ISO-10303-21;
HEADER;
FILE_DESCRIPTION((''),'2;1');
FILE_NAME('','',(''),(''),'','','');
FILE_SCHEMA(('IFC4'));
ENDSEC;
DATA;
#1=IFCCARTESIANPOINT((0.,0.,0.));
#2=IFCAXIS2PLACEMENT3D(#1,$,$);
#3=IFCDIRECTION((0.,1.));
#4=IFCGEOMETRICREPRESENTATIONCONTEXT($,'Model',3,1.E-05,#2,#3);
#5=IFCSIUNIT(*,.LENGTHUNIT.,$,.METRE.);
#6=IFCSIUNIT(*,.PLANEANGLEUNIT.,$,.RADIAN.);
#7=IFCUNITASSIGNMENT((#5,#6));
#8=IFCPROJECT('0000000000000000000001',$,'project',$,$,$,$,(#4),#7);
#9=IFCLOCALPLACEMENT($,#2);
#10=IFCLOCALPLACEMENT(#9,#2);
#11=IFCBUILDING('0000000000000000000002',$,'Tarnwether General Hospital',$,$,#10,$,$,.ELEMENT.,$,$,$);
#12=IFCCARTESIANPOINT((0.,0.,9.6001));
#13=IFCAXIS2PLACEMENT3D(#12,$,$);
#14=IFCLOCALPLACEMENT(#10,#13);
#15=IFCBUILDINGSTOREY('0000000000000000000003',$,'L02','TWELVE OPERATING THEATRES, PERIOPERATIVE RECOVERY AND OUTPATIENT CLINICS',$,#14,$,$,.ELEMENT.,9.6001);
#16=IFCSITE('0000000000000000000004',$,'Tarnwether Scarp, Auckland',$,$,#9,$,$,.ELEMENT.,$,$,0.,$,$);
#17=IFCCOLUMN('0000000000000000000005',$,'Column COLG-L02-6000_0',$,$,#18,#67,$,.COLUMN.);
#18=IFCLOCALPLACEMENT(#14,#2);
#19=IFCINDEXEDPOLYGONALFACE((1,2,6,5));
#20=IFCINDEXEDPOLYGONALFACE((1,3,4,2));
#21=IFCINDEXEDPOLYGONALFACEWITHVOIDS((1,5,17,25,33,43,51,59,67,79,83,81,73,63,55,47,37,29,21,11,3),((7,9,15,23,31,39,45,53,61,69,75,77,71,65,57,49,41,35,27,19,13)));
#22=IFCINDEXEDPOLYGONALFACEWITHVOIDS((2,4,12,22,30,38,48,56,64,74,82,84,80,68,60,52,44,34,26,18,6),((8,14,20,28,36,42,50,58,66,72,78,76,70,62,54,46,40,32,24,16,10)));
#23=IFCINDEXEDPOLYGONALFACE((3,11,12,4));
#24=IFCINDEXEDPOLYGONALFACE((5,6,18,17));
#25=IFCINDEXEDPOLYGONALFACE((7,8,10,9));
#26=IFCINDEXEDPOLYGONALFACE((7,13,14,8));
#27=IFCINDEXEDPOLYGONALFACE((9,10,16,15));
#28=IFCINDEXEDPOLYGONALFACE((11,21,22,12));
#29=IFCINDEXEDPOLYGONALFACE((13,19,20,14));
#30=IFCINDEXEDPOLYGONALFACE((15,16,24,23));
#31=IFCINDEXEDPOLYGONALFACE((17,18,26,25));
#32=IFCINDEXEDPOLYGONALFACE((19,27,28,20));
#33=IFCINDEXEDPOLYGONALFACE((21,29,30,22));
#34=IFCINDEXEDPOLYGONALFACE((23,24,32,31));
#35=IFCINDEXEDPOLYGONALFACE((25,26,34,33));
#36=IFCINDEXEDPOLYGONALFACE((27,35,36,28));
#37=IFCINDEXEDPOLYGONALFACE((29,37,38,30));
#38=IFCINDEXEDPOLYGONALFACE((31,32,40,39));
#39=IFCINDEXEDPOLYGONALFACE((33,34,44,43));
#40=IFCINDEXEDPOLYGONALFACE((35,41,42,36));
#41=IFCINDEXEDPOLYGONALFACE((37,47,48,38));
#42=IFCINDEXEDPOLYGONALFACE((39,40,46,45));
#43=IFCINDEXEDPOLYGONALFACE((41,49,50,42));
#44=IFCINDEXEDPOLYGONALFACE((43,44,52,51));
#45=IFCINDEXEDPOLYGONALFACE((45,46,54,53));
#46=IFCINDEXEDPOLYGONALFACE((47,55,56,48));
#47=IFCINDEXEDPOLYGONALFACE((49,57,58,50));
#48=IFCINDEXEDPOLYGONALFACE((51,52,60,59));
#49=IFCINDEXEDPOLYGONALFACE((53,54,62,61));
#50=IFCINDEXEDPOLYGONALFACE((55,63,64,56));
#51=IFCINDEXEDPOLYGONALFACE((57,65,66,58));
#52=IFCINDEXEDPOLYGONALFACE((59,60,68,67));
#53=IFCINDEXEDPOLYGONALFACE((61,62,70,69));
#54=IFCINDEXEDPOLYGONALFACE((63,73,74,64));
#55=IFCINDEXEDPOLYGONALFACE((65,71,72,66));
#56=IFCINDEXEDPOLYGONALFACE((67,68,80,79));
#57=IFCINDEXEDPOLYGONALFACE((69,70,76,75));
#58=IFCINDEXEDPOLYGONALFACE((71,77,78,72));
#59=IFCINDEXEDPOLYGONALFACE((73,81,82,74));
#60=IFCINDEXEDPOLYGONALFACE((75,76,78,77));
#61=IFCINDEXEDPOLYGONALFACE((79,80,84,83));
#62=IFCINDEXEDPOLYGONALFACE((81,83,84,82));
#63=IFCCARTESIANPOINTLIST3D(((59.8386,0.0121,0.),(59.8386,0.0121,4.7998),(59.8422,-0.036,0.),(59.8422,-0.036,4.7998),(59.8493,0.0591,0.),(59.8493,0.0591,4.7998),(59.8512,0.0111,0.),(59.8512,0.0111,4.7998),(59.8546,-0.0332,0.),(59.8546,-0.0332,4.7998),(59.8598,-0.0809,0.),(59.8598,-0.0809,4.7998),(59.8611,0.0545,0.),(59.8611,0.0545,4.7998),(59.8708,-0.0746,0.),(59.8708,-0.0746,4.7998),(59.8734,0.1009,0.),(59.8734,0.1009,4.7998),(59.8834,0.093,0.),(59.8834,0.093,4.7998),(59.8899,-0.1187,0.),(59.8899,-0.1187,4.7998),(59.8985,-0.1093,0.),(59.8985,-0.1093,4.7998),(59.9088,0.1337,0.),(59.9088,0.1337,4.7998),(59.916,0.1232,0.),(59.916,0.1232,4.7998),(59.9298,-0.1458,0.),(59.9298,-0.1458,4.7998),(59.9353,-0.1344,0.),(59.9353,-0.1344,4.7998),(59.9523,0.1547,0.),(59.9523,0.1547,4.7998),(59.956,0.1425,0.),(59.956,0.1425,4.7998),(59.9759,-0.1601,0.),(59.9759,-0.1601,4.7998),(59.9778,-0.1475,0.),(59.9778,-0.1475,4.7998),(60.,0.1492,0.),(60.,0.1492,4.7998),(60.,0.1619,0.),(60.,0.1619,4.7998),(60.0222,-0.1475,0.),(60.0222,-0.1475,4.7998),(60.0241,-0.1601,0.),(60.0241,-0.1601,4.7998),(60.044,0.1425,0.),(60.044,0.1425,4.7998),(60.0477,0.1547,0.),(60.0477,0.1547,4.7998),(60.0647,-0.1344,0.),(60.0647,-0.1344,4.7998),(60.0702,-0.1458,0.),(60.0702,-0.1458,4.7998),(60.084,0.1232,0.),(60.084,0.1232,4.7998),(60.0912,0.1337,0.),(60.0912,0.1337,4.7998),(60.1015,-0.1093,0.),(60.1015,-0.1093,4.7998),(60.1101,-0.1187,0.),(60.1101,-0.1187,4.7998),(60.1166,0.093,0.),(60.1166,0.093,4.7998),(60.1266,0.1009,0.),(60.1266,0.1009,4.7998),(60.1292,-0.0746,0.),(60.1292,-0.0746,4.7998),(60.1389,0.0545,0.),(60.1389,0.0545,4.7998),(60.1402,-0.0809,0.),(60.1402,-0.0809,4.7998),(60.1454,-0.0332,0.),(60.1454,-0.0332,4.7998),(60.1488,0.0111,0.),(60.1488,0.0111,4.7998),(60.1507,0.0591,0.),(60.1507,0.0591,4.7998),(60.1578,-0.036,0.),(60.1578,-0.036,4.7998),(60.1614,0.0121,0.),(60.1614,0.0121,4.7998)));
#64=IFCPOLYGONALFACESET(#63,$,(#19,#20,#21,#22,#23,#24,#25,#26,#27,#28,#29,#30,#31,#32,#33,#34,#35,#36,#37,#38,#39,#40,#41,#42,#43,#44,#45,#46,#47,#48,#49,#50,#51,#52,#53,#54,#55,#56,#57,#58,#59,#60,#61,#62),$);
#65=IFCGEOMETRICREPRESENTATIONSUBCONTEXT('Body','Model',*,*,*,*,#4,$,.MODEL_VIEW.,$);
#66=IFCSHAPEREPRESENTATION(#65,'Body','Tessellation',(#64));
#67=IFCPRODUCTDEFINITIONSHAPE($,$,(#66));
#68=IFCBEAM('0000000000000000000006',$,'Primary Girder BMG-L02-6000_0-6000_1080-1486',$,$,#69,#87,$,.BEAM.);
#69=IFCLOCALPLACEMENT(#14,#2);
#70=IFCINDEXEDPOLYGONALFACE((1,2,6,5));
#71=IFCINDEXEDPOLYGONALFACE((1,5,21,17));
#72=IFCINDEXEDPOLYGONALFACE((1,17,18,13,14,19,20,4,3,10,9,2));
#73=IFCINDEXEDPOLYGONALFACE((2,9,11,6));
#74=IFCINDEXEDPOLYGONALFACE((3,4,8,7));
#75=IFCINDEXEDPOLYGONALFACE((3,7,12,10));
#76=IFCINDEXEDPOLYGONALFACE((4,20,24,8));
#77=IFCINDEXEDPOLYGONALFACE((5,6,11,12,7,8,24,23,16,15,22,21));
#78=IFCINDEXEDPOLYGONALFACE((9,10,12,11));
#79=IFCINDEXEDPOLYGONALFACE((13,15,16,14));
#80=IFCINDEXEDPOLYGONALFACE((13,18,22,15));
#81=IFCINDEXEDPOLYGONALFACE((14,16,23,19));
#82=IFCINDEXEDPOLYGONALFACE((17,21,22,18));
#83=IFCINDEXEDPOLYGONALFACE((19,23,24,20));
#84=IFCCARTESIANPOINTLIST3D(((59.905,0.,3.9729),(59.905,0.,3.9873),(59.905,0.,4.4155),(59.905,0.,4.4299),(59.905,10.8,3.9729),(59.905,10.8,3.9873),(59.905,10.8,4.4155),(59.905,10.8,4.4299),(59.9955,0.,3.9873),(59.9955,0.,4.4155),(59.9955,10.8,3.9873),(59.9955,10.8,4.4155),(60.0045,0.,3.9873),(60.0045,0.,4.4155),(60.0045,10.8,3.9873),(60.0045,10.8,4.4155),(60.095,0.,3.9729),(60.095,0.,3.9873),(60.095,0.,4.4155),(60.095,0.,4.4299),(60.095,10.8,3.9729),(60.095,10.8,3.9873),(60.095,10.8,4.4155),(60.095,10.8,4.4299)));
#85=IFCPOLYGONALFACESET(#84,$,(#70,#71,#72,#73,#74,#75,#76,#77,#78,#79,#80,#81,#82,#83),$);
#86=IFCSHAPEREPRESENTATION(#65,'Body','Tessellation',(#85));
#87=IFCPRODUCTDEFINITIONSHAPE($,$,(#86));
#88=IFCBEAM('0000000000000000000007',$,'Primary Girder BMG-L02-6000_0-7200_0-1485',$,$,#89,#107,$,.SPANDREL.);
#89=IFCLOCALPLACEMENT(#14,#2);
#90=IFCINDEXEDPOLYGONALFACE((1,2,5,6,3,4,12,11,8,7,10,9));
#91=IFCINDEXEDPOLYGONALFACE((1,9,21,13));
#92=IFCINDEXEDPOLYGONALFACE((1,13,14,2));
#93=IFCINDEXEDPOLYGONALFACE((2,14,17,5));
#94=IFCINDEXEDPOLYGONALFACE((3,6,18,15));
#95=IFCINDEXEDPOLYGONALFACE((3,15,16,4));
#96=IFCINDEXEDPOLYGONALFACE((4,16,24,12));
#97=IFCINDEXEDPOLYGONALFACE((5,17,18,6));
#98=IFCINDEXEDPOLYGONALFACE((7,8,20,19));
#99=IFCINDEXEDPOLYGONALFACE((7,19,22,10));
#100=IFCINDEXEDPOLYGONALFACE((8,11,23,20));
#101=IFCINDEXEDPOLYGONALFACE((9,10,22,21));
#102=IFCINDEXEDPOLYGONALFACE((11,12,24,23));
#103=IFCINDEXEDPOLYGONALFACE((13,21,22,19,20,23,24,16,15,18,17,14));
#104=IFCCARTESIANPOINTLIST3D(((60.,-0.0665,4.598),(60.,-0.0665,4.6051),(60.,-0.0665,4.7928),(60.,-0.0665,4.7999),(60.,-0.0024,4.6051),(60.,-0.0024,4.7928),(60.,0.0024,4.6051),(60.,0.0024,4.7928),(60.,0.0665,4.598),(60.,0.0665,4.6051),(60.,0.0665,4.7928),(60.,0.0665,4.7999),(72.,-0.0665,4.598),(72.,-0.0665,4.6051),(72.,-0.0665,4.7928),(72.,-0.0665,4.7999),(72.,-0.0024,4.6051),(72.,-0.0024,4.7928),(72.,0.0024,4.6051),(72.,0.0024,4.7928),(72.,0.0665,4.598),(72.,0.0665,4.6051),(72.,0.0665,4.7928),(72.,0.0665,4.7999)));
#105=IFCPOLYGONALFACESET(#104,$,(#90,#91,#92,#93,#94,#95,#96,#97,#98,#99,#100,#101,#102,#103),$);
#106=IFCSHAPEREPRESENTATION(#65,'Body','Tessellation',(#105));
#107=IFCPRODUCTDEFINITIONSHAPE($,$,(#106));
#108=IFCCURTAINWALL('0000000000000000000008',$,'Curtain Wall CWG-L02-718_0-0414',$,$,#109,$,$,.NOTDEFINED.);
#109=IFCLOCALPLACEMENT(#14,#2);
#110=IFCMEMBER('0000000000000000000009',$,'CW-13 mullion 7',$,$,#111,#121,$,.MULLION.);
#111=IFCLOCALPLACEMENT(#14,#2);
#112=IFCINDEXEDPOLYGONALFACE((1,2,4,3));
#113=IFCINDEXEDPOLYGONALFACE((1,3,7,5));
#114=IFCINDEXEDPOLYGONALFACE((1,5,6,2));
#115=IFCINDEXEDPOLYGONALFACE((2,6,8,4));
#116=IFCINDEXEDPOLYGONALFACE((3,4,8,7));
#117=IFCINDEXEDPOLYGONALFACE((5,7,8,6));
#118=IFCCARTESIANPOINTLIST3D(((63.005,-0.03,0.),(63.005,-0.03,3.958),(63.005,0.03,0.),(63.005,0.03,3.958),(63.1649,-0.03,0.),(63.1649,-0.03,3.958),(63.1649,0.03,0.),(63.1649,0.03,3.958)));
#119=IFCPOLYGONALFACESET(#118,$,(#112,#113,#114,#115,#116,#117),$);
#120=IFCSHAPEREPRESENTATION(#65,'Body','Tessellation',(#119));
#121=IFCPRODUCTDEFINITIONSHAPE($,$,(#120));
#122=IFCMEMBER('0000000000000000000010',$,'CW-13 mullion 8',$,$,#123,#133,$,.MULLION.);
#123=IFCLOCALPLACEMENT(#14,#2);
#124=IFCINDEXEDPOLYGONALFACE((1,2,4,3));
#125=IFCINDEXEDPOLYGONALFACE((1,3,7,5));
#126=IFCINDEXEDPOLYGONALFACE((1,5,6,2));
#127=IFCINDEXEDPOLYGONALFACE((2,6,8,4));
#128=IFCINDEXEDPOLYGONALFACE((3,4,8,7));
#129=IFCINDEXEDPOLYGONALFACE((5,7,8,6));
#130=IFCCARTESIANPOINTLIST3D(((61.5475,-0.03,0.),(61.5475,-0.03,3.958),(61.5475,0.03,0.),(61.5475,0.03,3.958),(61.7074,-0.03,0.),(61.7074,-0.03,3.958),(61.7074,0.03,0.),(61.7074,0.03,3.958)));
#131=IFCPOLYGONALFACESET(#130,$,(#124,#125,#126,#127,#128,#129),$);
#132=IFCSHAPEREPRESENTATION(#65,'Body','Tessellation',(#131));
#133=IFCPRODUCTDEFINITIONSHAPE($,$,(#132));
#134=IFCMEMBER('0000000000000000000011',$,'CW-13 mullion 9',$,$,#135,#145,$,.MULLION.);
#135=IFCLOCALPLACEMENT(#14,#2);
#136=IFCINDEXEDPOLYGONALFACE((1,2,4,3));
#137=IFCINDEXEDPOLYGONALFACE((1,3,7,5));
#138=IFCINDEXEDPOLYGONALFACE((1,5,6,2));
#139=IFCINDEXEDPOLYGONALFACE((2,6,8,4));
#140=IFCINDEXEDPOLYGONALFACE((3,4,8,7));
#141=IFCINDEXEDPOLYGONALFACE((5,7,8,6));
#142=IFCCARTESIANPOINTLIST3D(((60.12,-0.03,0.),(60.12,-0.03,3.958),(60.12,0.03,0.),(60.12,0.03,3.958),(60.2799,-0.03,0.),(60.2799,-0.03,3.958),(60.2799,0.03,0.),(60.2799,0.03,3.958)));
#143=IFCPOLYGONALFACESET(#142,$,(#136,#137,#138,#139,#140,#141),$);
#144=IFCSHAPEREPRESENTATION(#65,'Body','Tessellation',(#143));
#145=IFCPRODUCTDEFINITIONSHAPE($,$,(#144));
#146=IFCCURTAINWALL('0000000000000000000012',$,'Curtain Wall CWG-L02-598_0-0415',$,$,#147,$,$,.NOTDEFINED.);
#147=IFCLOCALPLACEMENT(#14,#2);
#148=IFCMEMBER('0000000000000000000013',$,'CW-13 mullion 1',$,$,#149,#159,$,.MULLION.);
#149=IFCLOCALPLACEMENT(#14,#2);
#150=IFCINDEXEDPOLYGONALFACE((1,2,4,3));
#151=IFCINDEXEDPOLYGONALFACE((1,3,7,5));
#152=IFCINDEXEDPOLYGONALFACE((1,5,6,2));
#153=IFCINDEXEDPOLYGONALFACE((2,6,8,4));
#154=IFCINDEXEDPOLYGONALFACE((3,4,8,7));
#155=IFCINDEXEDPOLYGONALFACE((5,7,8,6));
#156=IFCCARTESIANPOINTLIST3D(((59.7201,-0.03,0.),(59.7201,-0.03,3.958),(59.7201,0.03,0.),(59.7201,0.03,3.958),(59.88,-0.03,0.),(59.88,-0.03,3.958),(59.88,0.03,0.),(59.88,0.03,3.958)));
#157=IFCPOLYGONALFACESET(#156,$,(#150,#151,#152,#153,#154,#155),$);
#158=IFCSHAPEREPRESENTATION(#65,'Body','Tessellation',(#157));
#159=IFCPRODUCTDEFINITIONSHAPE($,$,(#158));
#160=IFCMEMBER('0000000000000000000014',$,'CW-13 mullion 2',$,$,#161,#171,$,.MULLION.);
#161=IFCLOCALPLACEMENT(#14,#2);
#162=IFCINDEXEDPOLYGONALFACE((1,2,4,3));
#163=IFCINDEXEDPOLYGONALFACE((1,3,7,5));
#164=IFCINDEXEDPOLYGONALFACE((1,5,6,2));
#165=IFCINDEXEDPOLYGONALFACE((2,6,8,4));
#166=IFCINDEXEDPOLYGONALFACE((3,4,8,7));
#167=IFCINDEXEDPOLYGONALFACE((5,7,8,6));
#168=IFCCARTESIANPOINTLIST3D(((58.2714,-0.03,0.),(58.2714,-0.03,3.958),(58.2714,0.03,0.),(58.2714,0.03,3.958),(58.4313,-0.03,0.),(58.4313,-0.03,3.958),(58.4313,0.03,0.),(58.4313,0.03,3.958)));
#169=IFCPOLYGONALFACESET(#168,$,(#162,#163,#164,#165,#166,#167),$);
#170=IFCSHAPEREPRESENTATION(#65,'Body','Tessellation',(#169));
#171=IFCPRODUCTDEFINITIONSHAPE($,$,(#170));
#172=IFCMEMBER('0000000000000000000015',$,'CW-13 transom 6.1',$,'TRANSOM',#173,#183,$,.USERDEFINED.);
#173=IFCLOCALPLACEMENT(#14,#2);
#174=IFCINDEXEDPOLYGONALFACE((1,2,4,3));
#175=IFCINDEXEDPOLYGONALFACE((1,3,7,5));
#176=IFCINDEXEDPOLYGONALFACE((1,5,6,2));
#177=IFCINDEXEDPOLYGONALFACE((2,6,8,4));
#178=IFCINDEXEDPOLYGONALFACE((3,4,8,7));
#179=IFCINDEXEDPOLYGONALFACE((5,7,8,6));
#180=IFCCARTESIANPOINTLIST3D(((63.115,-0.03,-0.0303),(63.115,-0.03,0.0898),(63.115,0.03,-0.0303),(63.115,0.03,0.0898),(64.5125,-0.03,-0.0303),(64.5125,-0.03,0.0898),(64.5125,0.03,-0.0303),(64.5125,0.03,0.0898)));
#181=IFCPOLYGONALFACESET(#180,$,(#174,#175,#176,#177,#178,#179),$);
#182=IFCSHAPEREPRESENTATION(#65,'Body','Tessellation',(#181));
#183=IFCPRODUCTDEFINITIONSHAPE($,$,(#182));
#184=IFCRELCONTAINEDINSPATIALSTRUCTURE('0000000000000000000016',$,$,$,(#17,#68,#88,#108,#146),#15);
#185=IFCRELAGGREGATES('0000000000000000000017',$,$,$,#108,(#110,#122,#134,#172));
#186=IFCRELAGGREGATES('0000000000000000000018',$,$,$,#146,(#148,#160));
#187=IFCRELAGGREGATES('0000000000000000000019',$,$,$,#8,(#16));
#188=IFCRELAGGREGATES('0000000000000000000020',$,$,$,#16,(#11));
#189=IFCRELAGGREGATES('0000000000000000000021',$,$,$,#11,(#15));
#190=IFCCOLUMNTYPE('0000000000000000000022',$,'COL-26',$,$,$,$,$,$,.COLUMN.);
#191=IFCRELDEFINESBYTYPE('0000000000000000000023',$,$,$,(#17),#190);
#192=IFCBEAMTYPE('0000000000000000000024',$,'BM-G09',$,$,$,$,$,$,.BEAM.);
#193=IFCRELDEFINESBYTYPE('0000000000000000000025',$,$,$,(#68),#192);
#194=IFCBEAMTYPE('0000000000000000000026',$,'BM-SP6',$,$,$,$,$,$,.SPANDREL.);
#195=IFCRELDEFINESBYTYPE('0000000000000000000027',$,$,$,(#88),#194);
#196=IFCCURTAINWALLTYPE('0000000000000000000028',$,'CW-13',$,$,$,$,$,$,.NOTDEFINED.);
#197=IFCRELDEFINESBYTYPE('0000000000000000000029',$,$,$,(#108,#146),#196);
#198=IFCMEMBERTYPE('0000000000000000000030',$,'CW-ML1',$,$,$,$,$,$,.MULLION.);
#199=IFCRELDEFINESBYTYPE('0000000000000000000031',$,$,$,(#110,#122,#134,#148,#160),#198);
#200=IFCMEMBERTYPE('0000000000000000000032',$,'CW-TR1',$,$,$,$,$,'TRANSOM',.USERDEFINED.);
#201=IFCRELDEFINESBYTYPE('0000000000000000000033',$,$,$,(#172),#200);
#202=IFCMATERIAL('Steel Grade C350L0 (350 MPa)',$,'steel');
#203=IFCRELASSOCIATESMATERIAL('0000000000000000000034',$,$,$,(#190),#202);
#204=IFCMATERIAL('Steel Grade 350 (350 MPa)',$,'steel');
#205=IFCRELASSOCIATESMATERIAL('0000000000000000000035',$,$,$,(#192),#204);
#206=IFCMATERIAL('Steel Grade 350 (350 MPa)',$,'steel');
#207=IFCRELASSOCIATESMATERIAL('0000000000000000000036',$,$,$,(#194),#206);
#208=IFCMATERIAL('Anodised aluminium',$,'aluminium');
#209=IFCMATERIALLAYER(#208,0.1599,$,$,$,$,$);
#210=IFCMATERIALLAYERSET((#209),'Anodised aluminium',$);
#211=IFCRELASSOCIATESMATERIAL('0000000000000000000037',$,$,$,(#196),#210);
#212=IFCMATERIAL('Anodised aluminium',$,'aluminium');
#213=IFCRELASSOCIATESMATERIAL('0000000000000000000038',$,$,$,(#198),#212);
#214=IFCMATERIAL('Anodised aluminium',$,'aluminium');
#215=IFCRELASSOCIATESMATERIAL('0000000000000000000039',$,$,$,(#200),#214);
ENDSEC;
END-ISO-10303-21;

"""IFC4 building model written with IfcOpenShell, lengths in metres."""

from ifc_helpers import new_model, si_unit, direction, frame, origin, origin_2d, place, context, subcontext, project, spatial, rectangle, hollow_circle, i_section, extrude, material, layer, layer_set, material_profile, profile_set, type_object, element, aggregate, save


model = new_model("IFC4")

# Units and contexts
model_context = context("Model", 3, precision=1e-05, world=origin(), true_north=direction((0.0, 1.0)))
body_context = subcontext(model_context, "Body", "Model", "MODEL_VIEW")
ifc_project = project(units=[si_unit("LENGTHUNIT", "METRE"), si_unit("PLANEANGLEUNIT", "RADIAN")], contexts=[model_context])

# Site, building, storey
site_placement = place(None, origin())
site = spatial("IfcSite", under=ifc_project, at=site_placement, Name="Tarnwether Scarp, Auckland", CompositionType="ELEMENT", RefElevation=0.0)
building_placement = place(site_placement, origin())
building = spatial("IfcBuilding", under=site, at=building_placement, Name="Tarnwether General Hospital", CompositionType="ELEMENT")
storey_placement = place(building_placement, frame((0.0, 0.0, 9.6001)))
storey = spatial("IfcBuildingStorey", under=building, at=storey_placement, Name="L02", Description="TWELVE OPERATING THEATRES, PERIOPERATIVE RECOVERY AND OUTPATIENT CLINICS", CompositionType="ELEMENT", Elevation=9.6001)

# Column
ifc_material_1 = material(Name="Steel Grade C350L0 (350 MPa)", Category="steel")
ifc_material_profile_1 = material_profile(ifc_material_1, hollow_circle(Radius=0.1619, WallThickness=0.0127, at=origin_2d()), Name="CHS323.9x12.7")
ifc_profile_set_1 = profile_set([ifc_material_profile_1], Name="Steel Grade C350L0 (350 MPa)")
column_type = type_object("IfcColumnType", Name="COL-26", PredefinedType="COLUMN", material=ifc_profile_set_1)
column_placement = place(storey_placement, frame((60.0, 0.0, 0.0), z_axis=(0.0, 0.0, 1.0), x_axis=(0.0, 1.0, 0.0)))
element("IfcColumn", 1, at=column_placement, inside=storey, type_object=column_type, Name="Column COLG-L02-6000_0", PredefinedType="COLUMN", context=body_context, shape_type="SweptSolid", body=[
    extrude(hollow_circle(Radius=0.1619, WallThickness=0.0127, at=origin_2d()), origin(), (0.0, 0.0, 1.0), 4.7998),
])

# Beams
ifc_material_2 = material(Name="Steel Grade 350 (350 MPa)", Category="steel")
ifc_material_profile_2 = material_profile(ifc_material_2, i_section(OverallWidth=0.1899, OverallDepth=0.457, WebThickness=0.009, FlangeThickness=0.0144, at=origin_2d()), Name="460UB74.6")
ifc_profile_set_2 = profile_set([ifc_material_profile_2], Name="Steel Grade 350 (350 MPa)")
beam_type_1 = type_object("IfcBeamType", Name="BM-G09", PredefinedType="BEAM", material=ifc_profile_set_2)
beam_1_placement = place(storey_placement, frame((60.0, 0.0, 4.2014), z_axis=(0.0, 1.0, 0.0), x_axis=(-1.0, 0.0, 0.0)))
element("IfcBeam", 2, at=beam_1_placement, inside=storey, type_object=beam_type_1, Name="Primary Girder BMG-L02-6000_0-6000_1080-1486", PredefinedType="BEAM", context=body_context, shape_type="SweptSolid", body=[
    extrude(i_section(OverallWidth=0.1899, OverallDepth=0.457, WebThickness=0.009, FlangeThickness=0.0144, at=origin_2d()), origin(), (0.0, 0.0, 1.0), 10.8),
])
ifc_material_3 = material(Name="Steel Grade 350 (350 MPa)", Category="steel")
ifc_material_profile_3 = material_profile(ifc_material_3, i_section(OverallWidth=0.1331, OverallDepth=0.2019, WebThickness=0.0049, FlangeThickness=0.0071, at=origin_2d()), Name="200UB22.3")
ifc_profile_set_3 = profile_set([ifc_material_profile_3], Name="Steel Grade 350 (350 MPa)")
beam_type_2 = type_object("IfcBeamType", Name="BM-SP6", PredefinedType="SPANDREL", material=ifc_profile_set_3)
beam_2_placement = place(storey_placement, frame((60.0, 0.0, 4.699), z_axis=(1.0, 0.0, 0.0), x_axis=(0.0, 1.0, 0.0)))
element("IfcBeam", 3, at=beam_2_placement, inside=storey, type_object=beam_type_2, Name="Primary Girder BMG-L02-6000_0-7200_0-1485", PredefinedType="SPANDREL", context=body_context, shape_type="SweptSolid", body=[
    extrude(i_section(OverallWidth=0.1331, OverallDepth=0.2019, WebThickness=0.0049, FlangeThickness=0.0071, at=origin_2d()), origin(), (0.0, 0.0, 1.0), 12.0),
])

# Curtain walls, members
ifc_material_4 = material(Name="Anodised aluminium", Category="aluminium")
ifc_layer_1 = layer(ifc_material_4, 0.1599)
ifc_layer_set_1 = layer_set([ifc_layer_1], Name="Anodised aluminium")
curtain_wall_type = type_object("IfcCurtainWallType", Name="CW-13", PredefinedType="NOTDEFINED", material=ifc_layer_set_1)
curtain_wall_1_placement = place(storey_placement, origin())
curtain_wall_1 = element("IfcCurtainWall", 4, at=curtain_wall_1_placement, inside=storey, type_object=curtain_wall_type, Name="Curtain Wall CWG-L02-718_0-0414", PredefinedType="NOTDEFINED")
ifc_material_5 = material(Name="Anodised aluminium", Category="aluminium")
ifc_material_profile_4 = material_profile(ifc_material_5, rectangle(XDim=0.0601, YDim=0.1599, at=origin_2d()), Name="ALU-MUL-60x160")
ifc_profile_set_4 = profile_set([ifc_material_profile_4], Name="Anodised aluminium")
member_type_1 = type_object("IfcMemberType", Name="CW-ML1", PredefinedType="MULLION", material=ifc_profile_set_4)
member_1_placement = place(storey_placement, frame((63.085, 0.0, 0.0), z_axis=(0.0, 0.0, 1.0), x_axis=(0.0, -1.0, 0.0)))
member_1 = element("IfcMember", 5, at=member_1_placement, type_object=member_type_1, Name="CW-13 mullion 7", PredefinedType="MULLION", context=body_context, shape_type="SweptSolid", body=[
    extrude(rectangle(XDim=0.0601, YDim=0.1599, at=origin_2d()), origin(), (0.0, 0.0, 1.0), 3.958),
])
member_2_placement = place(storey_placement, frame((61.6274, 0.0, 0.0), z_axis=(0.0, 0.0, 1.0), x_axis=(0.0, -1.0, 0.0)))
member_2 = element("IfcMember", 6, at=member_2_placement, type_object=member_type_1, Name="CW-13 mullion 8", PredefinedType="MULLION", context=body_context, shape_type="SweptSolid", body=[
    extrude(rectangle(XDim=0.0601, YDim=0.1599, at=origin_2d()), origin(), (0.0, 0.0, 1.0), 3.958),
])
member_3_placement = place(storey_placement, frame((60.2, 0.0, 0.0), z_axis=(0.0, 0.0, 1.0), x_axis=(0.0, -1.0, 0.0)))
member_3 = element("IfcMember", 7, at=member_3_placement, type_object=member_type_1, Name="CW-13 mullion 9", PredefinedType="MULLION", context=body_context, shape_type="SweptSolid", body=[
    extrude(rectangle(XDim=0.0601, YDim=0.1599, at=origin_2d()), origin(), (0.0, 0.0, 1.0), 3.958),
])
curtain_wall_2_placement = place(storey_placement, origin())
curtain_wall_2 = element("IfcCurtainWall", 8, at=curtain_wall_2_placement, inside=storey, type_object=curtain_wall_type, Name="Curtain Wall CWG-L02-598_0-0415", PredefinedType="NOTDEFINED")
member_4_placement = place(storey_placement, frame((59.8, 0.0, 0.0), z_axis=(0.0, 0.0, 1.0), x_axis=(0.0, -1.0, 0.0)))
member_4 = element("IfcMember", 9, at=member_4_placement, type_object=member_type_1, Name="CW-13 mullion 1", PredefinedType="MULLION", context=body_context, shape_type="SweptSolid", body=[
    extrude(rectangle(XDim=0.0601, YDim=0.1599, at=origin_2d()), origin(), (0.0, 0.0, 1.0), 3.958),
])
member_5_placement = place(storey_placement, frame((58.3513, 0.0, 0.0), z_axis=(0.0, 0.0, 1.0), x_axis=(0.0, -1.0, 0.0)))
member_5 = element("IfcMember", 10, at=member_5_placement, type_object=member_type_1, Name="CW-13 mullion 2", PredefinedType="MULLION", context=body_context, shape_type="SweptSolid", body=[
    extrude(rectangle(XDim=0.0601, YDim=0.1599, at=origin_2d()), origin(), (0.0, 0.0, 1.0), 3.958),
])

# Member
ifc_material_6 = material(Name="Anodised aluminium", Category="aluminium")
ifc_material_profile_5 = material_profile(ifc_material_6, rectangle(XDim=0.0601, YDim=0.1201, at=origin_2d()), Name="ALU-TRN-60x120")
ifc_profile_set_5 = profile_set([ifc_material_profile_5], Name="Anodised aluminium")
member_type_2 = type_object("IfcMemberType", Name="CW-TR1", ElementType="TRANSOM", PredefinedType="USERDEFINED", material=ifc_profile_set_5)
member_6_placement = place(storey_placement, frame((64.5125, 0.0, 0.0298), z_axis=(-1.0, 0.0, 0.0), x_axis=(0.0, -1.0, 0.0)))
member_6 = element("IfcMember", 11, at=member_6_placement, type_object=member_type_2, Name="CW-13 transom 6.1", ObjectType="TRANSOM", PredefinedType="USERDEFINED", context=body_context, shape_type="SweptSolid", body=[
    extrude(rectangle(XDim=0.0601, YDim=0.1201, at=origin_2d()), origin(), (0.0, 0.0, 1.0), 1.3975),
])

aggregate(curtain_wall_1, [member_1, member_2, member_3, member_6])
aggregate(curtain_wall_2, [member_4, member_5])

save(model, "model.ifc")
